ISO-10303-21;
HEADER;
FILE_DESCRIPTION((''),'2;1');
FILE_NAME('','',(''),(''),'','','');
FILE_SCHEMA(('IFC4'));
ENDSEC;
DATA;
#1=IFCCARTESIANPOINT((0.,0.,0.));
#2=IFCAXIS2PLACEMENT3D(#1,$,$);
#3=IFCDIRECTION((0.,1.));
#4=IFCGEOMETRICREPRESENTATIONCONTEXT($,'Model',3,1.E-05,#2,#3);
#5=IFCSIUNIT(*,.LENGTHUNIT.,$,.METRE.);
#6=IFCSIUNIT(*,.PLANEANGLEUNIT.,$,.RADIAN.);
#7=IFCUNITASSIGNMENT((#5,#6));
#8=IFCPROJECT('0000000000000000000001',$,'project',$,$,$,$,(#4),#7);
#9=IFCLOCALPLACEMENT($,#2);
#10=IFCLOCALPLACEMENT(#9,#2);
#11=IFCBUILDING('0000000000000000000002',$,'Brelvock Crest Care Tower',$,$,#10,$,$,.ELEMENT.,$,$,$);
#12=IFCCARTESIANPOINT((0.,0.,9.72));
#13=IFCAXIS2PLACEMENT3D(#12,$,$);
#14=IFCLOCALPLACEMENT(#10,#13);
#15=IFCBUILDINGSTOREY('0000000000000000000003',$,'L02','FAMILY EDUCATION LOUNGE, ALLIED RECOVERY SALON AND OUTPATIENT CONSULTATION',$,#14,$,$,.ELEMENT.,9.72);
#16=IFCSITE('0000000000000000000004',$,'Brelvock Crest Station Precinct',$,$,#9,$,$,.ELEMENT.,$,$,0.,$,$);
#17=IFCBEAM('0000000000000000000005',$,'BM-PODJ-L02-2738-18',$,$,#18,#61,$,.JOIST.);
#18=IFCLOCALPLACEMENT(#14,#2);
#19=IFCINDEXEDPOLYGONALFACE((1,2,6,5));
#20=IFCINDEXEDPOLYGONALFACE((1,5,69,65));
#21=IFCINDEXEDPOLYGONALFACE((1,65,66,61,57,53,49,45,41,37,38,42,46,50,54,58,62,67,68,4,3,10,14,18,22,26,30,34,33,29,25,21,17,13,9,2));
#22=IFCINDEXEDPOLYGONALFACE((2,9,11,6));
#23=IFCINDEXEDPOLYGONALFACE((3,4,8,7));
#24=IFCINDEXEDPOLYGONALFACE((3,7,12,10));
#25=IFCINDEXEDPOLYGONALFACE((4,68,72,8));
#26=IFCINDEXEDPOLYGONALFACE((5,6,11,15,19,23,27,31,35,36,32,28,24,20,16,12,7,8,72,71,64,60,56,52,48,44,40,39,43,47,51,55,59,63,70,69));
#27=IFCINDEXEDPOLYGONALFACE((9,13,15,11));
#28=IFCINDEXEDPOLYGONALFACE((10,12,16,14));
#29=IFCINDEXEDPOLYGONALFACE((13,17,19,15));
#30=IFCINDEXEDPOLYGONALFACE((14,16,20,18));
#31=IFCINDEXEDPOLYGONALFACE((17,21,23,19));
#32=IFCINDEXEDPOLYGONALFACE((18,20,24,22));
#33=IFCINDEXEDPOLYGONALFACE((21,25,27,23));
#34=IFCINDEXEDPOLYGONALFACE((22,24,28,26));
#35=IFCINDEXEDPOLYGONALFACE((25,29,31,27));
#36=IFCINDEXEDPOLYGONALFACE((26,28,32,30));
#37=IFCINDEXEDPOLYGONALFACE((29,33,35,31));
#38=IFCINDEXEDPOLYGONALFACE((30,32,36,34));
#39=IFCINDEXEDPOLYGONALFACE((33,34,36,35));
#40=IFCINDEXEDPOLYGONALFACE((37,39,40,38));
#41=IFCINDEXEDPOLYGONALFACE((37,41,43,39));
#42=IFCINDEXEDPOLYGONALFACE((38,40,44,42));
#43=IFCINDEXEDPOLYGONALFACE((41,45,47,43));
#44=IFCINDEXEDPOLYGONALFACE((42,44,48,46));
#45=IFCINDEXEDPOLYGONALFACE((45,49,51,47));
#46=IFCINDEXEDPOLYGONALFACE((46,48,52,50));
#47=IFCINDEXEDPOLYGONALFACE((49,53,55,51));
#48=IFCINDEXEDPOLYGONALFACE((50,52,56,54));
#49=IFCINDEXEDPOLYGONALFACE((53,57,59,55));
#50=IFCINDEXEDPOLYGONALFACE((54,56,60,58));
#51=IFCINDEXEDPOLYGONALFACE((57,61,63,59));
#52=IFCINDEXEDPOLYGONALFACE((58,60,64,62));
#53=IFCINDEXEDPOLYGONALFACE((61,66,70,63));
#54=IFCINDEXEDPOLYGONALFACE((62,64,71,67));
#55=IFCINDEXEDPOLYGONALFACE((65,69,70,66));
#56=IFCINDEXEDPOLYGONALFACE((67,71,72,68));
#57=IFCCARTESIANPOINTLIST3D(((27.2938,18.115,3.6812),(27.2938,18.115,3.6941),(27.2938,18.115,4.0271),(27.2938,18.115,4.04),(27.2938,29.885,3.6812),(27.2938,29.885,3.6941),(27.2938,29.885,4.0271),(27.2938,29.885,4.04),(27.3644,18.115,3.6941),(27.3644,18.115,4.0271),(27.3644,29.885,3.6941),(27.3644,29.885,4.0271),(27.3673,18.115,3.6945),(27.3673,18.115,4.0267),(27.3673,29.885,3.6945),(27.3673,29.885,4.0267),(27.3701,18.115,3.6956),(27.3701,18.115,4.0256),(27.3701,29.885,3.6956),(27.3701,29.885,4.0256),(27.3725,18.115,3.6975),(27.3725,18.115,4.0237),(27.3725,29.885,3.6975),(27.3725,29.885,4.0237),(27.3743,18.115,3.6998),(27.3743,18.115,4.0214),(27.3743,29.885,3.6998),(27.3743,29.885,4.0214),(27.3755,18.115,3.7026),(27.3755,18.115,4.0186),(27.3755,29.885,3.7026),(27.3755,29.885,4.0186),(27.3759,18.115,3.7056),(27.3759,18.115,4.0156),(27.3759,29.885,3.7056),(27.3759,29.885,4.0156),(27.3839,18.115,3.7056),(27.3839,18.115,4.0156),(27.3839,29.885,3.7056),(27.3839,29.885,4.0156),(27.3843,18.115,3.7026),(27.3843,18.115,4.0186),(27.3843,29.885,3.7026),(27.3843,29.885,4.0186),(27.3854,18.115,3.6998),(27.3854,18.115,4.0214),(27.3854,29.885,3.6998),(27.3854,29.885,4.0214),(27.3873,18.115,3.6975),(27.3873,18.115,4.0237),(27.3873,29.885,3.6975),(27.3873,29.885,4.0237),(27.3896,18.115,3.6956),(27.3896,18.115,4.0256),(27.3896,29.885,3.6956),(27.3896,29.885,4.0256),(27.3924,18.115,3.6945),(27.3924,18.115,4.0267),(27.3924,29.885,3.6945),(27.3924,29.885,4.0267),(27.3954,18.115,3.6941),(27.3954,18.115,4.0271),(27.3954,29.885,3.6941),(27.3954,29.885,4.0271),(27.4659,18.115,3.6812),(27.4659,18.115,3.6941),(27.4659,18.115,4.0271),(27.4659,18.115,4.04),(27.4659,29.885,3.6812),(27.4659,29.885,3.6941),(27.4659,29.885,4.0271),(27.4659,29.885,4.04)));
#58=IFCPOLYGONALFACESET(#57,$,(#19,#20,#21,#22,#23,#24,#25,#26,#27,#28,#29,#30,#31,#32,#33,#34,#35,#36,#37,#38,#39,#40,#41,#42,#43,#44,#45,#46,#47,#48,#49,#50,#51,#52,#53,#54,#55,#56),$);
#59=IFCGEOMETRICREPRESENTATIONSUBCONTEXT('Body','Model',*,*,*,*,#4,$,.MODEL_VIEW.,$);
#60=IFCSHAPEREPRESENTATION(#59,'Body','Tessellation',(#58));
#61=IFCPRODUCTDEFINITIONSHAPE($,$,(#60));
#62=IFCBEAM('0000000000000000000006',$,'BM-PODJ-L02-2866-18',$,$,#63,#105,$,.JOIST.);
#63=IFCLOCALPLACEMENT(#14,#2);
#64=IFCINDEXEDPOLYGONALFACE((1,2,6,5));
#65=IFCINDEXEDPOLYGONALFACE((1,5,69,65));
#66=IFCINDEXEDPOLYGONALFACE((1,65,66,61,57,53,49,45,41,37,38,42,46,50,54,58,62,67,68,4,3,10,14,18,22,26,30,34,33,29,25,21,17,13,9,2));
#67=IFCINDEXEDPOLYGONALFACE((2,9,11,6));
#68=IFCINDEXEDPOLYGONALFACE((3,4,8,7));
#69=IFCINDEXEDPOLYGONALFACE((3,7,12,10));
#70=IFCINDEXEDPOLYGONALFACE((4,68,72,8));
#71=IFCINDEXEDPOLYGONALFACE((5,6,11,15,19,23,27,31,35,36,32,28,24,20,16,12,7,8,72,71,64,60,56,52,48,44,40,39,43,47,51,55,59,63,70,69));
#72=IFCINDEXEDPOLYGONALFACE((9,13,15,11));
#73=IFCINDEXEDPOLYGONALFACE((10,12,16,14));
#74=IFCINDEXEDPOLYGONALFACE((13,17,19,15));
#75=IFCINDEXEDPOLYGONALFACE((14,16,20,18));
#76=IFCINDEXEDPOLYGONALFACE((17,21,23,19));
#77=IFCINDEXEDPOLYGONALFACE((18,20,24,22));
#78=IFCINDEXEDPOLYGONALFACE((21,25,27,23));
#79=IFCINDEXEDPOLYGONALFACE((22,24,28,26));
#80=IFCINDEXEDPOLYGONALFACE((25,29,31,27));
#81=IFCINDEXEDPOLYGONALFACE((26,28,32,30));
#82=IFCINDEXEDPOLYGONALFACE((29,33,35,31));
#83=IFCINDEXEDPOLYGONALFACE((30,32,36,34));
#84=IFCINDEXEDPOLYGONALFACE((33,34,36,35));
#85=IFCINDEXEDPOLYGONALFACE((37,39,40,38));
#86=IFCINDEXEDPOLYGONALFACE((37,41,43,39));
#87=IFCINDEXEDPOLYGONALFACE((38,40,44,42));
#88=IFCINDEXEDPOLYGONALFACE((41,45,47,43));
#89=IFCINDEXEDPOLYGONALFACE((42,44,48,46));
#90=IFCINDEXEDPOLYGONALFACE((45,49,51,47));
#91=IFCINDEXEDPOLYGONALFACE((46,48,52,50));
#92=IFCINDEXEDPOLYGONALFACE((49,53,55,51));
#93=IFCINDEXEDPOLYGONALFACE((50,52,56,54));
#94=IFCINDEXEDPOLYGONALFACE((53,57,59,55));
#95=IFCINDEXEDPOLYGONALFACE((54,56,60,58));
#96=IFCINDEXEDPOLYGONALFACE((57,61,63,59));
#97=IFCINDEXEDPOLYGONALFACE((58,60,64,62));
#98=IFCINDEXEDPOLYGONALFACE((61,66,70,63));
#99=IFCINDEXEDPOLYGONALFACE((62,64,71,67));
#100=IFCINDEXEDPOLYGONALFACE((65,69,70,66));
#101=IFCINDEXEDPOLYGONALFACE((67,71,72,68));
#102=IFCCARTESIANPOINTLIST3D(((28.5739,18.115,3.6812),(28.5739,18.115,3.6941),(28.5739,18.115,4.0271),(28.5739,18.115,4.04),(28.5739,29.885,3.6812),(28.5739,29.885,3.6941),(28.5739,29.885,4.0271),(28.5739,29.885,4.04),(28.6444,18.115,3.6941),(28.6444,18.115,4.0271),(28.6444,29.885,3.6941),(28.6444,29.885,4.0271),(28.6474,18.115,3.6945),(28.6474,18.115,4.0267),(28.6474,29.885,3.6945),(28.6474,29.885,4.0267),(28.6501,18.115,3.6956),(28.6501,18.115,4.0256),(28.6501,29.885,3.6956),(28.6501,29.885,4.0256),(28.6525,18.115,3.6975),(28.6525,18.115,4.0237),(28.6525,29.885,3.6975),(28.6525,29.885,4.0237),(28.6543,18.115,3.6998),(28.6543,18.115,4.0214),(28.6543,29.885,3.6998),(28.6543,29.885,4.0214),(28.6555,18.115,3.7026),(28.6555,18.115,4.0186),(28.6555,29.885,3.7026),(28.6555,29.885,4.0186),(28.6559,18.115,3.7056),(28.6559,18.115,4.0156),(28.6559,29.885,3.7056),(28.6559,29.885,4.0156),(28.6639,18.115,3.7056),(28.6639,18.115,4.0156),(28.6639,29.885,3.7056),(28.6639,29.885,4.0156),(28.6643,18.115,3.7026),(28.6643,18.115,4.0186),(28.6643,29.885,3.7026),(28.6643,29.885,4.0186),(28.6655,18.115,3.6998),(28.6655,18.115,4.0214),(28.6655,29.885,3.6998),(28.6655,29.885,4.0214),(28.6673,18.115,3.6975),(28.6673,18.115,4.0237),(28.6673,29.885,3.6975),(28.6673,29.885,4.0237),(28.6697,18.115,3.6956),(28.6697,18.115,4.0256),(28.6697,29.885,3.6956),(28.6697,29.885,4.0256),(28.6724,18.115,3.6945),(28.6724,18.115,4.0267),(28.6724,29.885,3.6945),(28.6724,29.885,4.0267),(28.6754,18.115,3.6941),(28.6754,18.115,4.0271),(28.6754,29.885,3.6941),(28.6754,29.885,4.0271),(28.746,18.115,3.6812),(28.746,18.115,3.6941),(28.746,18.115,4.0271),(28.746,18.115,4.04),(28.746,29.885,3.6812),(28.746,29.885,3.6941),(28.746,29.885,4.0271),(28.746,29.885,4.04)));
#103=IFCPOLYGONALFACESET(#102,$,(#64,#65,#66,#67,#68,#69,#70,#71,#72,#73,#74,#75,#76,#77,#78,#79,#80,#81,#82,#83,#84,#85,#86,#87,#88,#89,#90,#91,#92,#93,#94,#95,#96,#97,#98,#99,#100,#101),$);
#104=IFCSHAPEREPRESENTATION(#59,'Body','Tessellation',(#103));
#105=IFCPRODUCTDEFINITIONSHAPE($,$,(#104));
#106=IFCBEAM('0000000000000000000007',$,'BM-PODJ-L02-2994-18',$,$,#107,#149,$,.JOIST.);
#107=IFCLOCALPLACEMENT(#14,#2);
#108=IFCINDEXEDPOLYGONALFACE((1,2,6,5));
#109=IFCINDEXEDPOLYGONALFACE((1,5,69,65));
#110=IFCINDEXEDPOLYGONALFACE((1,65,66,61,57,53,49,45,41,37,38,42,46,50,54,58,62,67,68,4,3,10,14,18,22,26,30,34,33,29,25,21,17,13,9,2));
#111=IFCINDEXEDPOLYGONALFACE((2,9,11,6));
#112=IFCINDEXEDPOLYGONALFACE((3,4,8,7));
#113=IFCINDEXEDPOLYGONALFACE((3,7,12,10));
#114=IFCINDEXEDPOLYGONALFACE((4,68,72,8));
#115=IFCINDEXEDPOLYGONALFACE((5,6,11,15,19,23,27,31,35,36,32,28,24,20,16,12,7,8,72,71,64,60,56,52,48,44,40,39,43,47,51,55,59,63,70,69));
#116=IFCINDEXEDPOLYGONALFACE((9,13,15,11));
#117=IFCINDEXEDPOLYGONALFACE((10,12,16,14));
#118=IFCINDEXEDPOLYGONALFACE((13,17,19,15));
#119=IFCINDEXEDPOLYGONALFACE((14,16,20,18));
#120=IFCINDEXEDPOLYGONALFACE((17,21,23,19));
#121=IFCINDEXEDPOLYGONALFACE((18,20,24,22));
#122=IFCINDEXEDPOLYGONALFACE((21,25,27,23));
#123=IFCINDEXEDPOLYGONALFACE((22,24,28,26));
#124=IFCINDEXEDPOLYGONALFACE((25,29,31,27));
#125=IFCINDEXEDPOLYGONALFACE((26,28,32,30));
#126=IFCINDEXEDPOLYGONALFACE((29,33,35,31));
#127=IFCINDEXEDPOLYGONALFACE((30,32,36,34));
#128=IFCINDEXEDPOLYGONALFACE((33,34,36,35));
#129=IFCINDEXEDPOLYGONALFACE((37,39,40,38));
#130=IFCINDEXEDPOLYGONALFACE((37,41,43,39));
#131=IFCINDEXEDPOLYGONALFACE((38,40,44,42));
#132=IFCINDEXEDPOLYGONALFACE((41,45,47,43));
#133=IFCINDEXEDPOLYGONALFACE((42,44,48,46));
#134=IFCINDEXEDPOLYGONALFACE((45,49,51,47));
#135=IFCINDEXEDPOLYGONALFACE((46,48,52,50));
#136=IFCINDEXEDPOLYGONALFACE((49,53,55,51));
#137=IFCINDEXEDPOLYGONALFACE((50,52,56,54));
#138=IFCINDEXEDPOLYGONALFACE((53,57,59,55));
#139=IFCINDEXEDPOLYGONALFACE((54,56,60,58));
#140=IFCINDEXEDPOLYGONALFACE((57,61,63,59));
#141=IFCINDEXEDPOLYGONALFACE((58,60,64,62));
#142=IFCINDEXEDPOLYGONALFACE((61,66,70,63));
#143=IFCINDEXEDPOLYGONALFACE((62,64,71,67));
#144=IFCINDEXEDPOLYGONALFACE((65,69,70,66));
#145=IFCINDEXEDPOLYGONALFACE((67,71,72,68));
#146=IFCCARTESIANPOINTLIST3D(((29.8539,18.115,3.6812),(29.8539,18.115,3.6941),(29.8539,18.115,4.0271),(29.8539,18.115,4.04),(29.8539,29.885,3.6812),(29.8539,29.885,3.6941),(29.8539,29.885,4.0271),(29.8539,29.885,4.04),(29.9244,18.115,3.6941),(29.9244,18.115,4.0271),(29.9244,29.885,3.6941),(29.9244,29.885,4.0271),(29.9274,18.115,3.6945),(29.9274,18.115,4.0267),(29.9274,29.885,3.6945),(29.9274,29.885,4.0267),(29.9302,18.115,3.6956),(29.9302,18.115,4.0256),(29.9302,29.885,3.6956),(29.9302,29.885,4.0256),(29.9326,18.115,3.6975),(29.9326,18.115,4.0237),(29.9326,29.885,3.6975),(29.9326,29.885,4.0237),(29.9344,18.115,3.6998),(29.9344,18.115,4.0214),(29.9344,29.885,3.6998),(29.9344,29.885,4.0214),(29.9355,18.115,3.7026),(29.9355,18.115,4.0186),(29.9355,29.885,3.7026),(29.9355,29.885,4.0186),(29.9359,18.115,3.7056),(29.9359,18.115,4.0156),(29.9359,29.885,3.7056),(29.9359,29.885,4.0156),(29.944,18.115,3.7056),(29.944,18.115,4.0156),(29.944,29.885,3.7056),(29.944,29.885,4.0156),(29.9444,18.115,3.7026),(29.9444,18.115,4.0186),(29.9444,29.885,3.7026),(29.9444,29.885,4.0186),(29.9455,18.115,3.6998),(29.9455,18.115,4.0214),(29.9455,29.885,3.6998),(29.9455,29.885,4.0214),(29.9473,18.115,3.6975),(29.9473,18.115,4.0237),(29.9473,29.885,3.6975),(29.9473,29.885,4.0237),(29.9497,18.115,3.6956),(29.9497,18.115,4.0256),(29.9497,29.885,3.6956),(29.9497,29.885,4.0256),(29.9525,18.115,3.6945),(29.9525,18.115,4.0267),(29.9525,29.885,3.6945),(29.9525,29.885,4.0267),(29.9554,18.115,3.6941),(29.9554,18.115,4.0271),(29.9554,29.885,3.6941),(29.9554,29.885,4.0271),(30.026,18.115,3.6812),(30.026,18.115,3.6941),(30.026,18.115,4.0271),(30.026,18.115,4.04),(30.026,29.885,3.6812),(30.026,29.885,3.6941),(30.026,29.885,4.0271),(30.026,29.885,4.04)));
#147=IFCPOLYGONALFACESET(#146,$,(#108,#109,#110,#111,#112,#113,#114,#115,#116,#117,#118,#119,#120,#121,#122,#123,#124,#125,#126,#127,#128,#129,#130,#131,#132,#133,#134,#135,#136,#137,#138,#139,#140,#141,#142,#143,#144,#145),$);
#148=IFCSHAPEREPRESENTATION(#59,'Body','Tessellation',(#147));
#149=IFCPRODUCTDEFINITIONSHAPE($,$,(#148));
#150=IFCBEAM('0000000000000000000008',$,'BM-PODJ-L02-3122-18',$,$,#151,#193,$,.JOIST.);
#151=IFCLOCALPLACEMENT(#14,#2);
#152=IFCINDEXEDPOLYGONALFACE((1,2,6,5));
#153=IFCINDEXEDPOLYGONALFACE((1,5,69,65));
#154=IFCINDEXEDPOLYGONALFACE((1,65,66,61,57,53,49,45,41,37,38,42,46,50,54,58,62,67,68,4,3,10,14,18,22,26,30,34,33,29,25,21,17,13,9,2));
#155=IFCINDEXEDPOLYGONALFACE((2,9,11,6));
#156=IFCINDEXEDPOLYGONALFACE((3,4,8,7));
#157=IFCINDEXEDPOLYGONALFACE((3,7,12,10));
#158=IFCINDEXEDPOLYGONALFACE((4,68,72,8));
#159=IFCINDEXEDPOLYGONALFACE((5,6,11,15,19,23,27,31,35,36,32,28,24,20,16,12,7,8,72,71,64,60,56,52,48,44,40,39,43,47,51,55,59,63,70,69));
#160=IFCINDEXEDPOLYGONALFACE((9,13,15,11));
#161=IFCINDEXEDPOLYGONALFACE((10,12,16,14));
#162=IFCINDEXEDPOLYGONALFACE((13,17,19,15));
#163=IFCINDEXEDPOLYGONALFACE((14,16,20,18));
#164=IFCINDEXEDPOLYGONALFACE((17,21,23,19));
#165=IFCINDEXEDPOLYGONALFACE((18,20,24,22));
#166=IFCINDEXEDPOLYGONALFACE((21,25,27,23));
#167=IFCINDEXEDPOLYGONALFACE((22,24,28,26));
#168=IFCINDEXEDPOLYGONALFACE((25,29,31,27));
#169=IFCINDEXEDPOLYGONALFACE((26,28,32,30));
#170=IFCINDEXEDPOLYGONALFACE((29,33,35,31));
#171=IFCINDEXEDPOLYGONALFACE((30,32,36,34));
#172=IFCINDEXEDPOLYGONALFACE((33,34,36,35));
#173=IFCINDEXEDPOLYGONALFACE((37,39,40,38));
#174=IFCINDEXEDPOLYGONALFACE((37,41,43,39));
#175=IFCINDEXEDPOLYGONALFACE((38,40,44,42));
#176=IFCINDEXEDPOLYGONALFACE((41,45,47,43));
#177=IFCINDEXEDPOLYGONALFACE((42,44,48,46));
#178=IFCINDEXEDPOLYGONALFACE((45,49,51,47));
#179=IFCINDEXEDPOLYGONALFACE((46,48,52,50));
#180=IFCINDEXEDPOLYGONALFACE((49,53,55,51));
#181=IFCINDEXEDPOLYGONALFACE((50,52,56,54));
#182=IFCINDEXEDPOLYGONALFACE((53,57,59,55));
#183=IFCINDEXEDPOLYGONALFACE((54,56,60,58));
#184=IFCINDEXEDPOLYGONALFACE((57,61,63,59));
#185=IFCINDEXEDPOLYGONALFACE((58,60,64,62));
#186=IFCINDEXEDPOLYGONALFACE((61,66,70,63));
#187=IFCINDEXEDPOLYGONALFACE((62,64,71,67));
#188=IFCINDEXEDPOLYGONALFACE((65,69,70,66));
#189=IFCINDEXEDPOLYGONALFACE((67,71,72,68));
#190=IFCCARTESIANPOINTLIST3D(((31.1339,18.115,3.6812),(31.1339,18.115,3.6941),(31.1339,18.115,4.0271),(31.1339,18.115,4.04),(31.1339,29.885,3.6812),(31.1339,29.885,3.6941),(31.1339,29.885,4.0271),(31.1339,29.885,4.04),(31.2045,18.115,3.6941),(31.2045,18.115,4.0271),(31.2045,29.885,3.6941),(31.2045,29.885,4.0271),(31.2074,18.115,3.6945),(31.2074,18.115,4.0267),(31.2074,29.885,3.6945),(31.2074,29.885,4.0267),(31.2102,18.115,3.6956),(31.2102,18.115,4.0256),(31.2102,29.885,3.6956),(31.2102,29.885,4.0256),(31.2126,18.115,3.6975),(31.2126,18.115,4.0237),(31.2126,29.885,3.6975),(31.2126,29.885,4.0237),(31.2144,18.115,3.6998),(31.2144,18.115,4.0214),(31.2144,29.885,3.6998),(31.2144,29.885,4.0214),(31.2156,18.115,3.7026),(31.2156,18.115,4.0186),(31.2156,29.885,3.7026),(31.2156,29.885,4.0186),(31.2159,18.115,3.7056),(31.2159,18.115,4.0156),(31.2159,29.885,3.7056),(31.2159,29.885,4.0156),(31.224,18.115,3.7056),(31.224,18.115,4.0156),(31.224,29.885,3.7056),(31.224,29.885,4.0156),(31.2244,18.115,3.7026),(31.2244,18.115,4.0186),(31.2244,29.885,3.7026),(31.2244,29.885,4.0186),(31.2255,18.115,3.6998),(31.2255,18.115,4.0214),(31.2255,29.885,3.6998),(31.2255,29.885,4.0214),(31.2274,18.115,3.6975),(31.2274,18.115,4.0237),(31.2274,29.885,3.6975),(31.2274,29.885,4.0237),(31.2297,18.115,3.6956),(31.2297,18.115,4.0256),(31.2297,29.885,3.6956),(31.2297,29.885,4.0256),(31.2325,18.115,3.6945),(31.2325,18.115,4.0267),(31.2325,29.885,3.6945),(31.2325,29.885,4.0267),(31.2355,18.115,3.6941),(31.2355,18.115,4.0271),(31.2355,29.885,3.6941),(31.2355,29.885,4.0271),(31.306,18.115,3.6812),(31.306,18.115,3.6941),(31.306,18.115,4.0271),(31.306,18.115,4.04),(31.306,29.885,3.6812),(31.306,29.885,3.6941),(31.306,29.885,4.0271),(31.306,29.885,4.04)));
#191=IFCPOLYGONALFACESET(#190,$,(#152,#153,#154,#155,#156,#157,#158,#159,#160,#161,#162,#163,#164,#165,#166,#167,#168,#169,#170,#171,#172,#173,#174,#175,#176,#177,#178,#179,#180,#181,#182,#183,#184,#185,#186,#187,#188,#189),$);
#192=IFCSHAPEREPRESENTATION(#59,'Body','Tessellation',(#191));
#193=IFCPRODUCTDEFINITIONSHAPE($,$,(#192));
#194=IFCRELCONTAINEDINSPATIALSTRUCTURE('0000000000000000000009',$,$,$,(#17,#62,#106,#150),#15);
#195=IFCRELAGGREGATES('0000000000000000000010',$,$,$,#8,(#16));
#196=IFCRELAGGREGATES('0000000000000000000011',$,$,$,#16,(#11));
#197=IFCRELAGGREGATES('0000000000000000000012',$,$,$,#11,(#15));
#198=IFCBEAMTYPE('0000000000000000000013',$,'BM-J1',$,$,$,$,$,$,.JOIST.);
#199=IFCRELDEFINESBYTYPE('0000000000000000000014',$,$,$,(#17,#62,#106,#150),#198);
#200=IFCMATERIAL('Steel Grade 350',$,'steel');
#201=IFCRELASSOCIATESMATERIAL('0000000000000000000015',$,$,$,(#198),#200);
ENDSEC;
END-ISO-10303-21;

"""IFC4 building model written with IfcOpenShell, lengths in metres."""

from ifc_helpers import new_model, si_unit, direction, frame, origin, origin_2d, place, context, subcontext, project, spatial, i_section, extrude, source, transform, mapped, material, material_profile, profile_set, type_object, element, save


model = new_model("IFC4")

# Units and contexts
model_context = context("Model", 3, precision=1e-05, world=origin(), true_north=direction((0.0, 1.0)))
body_context = subcontext(model_context, "Body", "Model", "MODEL_VIEW")
ifc_project = project(units=[si_unit("LENGTHUNIT", "METRE"), si_unit("PLANEANGLEUNIT", "RADIAN")], contexts=[model_context])

# Site, building, storey
site_placement = place(None, origin())
site = spatial("IfcSite", under=ifc_project, at=site_placement, Name="Brelvock Crest Station Precinct", CompositionType="ELEMENT", RefElevation=0.0)
building_placement = place(site_placement, origin())
building = spatial("IfcBuilding", under=site, at=building_placement, Name="Brelvock Crest Care Tower", CompositionType="ELEMENT")
storey_placement = place(building_placement, frame((0.0, 0.0, 9.72)))
storey = spatial("IfcBuildingStorey", under=building, at=storey_placement, Name="L02", Description="FAMILY EDUCATION LOUNGE, ALLIED RECOVERY SALON AND OUTPATIENT CONSULTATION", CompositionType="ELEMENT", Elevation=9.72)

# Shared definitions
ifc_material_1 = material(Name="Steel Grade 350", Category="steel")

# Beams
ifc_material_profile_1 = material_profile(ifc_material_1, i_section(OverallWidth=0.1721, OverallDepth=0.3589, WebThickness=0.0081, FlangeThickness=0.0129, FilletRadius=0.0115, at=origin_2d()), Name="360UB56.7")
ifc_profile_set_1 = profile_set([ifc_material_profile_1], Name="Steel Grade 350")
beam_type_1 = type_object("IfcBeamType", Name="BM-J1", PredefinedType="JOIST", material=ifc_profile_set_1)
shared_shape_1 = source(origin(), body_context, "Body", "SweptSolid", [
    extrude(i_section(OverallWidth=0.1721, OverallDepth=0.3589, WebThickness=0.0081, FlangeThickness=0.0129, FilletRadius=0.0115, at=origin_2d()), origin(), (0.0, 0.0, 1.0), 11.77),
])
for number, where, z_axis, x_axis, name in (
    (1, (27.3799, 18.115, 3.8606), (0.0, 1.0, 0.0), (-1.0, 0.0, 0.0), "BM-PODJ-L02-2738-18"),
    (2, (28.6599, 18.115, 3.8606), (0.0, 1.0, 0.0), (-1.0, 0.0, 0.0), "BM-PODJ-L02-2866-18"),
    (3, (29.9399, 18.115, 3.8606), (0.0, 1.0, 0.0), (-1.0, 0.0, 0.0), "BM-PODJ-L02-2994-18"),
    (4, (31.22, 18.115, 3.8606), (0.0, 1.0, 0.0), (-1.0, 0.0, 0.0), "BM-PODJ-L02-3122-18"),
):
    element("IfcBeam", number, at=place(storey_placement, frame(where, z_axis=z_axis, x_axis=x_axis)), inside=storey, type_object=beam_type_1, Name=name, PredefinedType="JOIST", context=body_context, shape_type="MappedRepresentation", body=[
        mapped(shared_shape_1, transform((0.0, 0.0, 0.0), x_axis=(1.0, 0.0, 0.0), y_axis=(0.0, 1.0, 0.0), z_axis=(0.0, 0.0, 1.0), scale=1.0)),
    ])

save(model, "model.ifc")
